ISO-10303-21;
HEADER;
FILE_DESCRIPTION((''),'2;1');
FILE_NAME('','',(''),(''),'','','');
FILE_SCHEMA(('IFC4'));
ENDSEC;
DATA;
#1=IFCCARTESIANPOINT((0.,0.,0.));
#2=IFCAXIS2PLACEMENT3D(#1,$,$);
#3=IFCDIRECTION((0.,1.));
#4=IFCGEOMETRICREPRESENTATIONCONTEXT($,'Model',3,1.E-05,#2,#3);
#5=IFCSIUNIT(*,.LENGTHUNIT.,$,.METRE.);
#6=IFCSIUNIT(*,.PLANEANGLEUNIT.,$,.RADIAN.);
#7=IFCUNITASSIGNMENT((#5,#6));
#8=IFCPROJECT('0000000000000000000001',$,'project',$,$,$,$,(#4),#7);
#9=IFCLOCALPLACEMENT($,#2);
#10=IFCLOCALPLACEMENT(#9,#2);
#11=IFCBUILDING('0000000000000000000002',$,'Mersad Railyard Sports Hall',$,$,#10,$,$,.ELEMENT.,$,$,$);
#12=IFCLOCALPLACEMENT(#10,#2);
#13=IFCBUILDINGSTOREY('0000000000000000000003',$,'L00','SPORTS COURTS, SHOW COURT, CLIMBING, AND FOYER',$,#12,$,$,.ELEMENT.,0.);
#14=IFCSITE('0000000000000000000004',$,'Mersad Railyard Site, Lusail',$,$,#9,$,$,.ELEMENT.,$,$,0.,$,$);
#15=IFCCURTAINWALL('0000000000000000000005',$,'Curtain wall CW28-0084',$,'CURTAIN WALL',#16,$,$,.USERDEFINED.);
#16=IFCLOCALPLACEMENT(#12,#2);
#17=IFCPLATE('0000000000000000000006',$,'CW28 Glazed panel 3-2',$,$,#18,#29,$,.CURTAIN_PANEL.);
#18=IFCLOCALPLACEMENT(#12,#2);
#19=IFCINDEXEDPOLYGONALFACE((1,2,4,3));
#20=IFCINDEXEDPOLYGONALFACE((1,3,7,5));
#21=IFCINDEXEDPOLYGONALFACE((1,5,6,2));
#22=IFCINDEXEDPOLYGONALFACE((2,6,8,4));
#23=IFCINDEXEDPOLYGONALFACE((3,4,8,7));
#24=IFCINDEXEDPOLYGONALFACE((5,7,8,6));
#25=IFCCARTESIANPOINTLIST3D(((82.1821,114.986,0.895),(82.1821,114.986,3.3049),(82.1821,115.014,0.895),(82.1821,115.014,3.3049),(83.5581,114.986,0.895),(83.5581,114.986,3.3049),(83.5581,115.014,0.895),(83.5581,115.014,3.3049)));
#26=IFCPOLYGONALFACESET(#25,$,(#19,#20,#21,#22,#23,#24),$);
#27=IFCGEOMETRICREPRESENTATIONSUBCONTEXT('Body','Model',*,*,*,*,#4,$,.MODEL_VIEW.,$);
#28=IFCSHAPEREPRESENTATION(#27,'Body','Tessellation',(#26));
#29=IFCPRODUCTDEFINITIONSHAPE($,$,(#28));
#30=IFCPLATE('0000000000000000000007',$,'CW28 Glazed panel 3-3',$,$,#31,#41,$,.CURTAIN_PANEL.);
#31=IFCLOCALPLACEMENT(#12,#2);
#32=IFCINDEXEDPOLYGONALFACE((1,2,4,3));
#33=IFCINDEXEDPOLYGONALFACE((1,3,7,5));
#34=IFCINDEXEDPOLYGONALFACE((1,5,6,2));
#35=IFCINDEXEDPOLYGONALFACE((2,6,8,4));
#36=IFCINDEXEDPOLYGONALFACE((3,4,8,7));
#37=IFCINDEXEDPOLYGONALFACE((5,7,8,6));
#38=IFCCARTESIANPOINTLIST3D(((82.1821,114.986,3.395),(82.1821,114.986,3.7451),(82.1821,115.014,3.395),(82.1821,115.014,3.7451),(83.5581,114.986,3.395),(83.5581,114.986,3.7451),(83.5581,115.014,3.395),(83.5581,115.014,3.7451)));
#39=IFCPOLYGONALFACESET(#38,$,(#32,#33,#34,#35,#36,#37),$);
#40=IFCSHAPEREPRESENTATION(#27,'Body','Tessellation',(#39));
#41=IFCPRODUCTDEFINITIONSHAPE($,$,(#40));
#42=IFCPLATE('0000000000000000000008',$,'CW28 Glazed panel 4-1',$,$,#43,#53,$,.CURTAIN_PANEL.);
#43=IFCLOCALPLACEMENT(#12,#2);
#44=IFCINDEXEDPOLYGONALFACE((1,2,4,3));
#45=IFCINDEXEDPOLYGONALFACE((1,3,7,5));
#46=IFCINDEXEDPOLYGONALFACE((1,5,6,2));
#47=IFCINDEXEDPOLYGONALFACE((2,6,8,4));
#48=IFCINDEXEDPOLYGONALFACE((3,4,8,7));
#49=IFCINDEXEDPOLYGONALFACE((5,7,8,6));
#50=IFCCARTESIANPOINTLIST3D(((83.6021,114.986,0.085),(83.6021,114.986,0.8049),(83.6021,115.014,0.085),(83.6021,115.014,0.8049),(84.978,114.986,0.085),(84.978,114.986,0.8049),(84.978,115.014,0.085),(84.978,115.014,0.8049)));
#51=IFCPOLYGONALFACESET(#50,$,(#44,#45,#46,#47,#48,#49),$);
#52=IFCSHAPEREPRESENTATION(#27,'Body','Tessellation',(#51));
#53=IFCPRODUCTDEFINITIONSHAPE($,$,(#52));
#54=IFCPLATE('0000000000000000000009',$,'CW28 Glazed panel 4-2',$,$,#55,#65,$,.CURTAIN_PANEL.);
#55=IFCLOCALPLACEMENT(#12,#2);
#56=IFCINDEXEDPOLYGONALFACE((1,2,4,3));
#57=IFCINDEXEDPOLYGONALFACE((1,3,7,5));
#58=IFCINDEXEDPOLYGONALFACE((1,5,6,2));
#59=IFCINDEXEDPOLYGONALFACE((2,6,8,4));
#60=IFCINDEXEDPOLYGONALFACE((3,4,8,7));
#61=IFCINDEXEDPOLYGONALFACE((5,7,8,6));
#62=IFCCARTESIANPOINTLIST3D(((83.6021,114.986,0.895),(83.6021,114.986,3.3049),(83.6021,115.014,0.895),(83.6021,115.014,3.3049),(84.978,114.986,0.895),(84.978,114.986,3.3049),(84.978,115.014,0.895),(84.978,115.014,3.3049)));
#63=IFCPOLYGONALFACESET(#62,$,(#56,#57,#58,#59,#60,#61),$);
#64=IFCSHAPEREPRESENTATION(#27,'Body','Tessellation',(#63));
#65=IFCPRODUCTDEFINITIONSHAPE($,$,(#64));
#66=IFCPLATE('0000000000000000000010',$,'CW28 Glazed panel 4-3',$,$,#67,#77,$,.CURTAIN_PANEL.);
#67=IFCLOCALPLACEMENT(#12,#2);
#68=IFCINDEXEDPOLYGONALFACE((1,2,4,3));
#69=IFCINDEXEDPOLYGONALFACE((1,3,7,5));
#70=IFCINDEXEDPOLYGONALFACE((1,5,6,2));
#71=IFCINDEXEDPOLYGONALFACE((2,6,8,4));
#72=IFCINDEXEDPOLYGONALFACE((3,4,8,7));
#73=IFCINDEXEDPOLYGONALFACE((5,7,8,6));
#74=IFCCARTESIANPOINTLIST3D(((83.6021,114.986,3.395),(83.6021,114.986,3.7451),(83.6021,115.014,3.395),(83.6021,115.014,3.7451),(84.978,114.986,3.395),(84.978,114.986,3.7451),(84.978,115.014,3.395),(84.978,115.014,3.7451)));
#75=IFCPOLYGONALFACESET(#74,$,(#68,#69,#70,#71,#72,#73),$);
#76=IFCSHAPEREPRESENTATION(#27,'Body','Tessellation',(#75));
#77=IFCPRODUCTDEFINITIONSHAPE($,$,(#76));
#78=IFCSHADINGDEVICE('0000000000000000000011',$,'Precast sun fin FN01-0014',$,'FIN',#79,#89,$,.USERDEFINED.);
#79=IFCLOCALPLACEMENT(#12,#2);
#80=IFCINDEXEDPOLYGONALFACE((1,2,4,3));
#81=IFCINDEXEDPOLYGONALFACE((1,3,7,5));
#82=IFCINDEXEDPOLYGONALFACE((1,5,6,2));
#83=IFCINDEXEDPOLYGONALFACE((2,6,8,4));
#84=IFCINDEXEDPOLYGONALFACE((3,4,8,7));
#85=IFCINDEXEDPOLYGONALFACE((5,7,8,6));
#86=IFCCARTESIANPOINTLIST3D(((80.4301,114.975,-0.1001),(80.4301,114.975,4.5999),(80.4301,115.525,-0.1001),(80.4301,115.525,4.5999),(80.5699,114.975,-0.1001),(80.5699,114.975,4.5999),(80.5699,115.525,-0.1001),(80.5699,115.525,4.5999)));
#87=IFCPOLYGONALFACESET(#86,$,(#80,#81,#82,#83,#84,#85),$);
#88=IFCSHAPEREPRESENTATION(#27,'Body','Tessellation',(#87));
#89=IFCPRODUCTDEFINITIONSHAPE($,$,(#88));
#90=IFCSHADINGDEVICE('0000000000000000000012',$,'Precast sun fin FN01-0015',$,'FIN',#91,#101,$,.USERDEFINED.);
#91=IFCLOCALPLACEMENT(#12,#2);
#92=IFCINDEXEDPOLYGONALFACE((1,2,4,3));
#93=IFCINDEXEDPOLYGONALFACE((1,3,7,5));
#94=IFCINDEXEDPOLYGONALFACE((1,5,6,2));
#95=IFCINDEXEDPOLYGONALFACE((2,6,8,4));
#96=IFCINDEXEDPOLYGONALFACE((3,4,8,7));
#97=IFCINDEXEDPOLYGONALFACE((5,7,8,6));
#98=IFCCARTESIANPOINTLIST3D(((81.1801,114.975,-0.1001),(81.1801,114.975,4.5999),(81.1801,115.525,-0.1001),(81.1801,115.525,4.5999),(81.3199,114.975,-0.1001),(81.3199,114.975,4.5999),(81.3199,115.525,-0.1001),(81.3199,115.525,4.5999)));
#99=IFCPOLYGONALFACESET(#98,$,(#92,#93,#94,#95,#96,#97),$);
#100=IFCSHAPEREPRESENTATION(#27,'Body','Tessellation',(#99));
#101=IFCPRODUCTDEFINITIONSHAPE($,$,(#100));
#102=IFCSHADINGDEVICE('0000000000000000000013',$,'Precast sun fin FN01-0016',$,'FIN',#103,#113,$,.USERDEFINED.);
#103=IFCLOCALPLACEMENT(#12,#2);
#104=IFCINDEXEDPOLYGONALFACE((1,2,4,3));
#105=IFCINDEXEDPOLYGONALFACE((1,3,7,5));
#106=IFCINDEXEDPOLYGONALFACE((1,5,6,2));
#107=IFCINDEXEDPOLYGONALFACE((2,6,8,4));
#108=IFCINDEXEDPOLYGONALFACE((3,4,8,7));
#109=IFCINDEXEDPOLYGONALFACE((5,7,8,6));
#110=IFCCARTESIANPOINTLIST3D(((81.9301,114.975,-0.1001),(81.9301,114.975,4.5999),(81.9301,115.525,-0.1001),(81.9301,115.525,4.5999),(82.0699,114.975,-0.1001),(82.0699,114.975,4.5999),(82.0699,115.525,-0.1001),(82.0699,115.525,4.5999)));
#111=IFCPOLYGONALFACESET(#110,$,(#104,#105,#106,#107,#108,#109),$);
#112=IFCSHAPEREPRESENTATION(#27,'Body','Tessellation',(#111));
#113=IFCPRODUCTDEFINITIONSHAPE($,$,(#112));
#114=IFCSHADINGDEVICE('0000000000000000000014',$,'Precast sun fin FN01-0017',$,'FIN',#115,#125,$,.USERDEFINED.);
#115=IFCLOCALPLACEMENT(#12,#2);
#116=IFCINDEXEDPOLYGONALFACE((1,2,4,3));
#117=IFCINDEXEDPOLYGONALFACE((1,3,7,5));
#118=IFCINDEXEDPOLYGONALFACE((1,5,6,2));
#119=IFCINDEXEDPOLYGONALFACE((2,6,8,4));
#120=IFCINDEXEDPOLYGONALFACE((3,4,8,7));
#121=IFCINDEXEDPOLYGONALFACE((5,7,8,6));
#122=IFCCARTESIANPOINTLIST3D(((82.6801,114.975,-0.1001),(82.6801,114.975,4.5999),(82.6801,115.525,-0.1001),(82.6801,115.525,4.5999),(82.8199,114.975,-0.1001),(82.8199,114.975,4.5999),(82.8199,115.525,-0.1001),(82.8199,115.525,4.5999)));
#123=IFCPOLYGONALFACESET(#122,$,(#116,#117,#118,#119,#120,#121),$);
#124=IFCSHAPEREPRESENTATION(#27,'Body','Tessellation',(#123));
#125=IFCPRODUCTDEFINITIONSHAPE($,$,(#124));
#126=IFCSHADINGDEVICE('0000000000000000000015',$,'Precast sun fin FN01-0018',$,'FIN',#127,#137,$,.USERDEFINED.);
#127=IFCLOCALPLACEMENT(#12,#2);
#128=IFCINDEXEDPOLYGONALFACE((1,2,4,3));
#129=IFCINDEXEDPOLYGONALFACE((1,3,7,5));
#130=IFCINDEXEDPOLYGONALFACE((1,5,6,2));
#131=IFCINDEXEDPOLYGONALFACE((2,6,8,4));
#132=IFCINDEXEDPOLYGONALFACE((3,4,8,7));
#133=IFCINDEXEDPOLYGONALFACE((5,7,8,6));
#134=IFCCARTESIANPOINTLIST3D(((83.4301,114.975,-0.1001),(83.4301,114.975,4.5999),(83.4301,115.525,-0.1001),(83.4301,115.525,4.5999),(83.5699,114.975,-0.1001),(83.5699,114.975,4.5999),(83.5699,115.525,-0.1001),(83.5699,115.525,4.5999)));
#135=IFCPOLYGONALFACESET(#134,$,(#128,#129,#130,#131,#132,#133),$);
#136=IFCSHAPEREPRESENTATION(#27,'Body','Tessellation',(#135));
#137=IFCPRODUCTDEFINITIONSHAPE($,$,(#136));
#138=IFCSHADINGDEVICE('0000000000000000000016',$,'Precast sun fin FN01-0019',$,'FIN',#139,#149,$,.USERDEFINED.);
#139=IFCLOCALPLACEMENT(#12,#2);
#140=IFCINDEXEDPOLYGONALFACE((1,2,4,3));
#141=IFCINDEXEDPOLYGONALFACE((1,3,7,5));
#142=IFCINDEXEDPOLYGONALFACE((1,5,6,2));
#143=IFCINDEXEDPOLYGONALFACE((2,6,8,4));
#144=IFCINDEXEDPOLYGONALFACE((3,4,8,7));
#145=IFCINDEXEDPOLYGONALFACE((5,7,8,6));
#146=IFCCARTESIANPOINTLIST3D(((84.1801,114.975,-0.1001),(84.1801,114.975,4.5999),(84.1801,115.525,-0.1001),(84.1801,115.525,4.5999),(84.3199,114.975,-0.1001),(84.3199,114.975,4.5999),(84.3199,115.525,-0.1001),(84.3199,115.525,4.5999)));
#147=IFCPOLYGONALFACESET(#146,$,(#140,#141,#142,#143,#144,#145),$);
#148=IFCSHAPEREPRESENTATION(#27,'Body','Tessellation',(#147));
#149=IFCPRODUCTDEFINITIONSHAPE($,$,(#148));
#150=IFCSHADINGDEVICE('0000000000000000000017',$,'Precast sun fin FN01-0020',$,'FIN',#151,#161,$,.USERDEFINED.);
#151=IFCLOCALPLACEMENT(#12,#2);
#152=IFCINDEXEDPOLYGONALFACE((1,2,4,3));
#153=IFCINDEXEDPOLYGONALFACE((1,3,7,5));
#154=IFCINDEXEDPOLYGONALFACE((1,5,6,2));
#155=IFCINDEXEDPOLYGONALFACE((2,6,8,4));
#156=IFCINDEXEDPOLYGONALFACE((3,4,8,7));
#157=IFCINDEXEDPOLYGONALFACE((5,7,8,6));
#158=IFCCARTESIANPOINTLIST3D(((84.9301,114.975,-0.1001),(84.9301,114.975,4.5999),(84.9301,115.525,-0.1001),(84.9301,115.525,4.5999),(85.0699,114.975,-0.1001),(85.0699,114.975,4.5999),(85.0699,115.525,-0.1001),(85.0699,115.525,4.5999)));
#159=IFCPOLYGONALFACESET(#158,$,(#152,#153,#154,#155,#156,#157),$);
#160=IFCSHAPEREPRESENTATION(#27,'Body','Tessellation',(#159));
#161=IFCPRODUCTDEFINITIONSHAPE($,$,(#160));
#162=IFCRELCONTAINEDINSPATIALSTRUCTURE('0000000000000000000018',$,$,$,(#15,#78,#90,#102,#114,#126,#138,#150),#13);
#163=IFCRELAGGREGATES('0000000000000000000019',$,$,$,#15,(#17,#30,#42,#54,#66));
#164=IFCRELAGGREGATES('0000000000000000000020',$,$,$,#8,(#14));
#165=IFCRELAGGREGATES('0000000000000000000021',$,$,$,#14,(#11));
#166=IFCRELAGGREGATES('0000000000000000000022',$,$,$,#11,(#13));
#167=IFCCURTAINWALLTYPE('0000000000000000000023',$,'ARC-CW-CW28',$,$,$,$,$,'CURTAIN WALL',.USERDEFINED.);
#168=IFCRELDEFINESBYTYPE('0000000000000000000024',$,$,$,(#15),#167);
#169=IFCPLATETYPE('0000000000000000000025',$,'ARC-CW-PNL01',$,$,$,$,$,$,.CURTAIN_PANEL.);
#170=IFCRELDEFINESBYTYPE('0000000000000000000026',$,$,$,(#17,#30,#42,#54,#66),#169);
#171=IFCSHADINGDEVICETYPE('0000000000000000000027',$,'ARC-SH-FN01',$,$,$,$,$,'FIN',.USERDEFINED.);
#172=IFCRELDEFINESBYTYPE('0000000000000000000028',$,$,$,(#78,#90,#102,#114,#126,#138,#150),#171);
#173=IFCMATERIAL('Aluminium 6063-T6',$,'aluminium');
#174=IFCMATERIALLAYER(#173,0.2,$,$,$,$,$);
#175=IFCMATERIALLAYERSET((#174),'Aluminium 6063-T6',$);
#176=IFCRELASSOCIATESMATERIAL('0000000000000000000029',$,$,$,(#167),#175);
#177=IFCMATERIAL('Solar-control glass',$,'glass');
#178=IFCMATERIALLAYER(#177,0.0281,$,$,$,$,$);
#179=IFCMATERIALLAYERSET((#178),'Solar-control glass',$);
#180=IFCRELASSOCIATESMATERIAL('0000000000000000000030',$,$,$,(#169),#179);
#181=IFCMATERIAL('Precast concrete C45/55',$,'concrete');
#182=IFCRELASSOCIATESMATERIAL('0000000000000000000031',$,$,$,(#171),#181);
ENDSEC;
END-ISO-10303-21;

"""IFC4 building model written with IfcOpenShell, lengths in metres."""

from ifc_helpers import new_model, si_unit, direction, frame, origin, origin_2d, place, context, subcontext, project, spatial, rectangle, extrude, material, layer, layer_set, type_object, element, aggregate, save


model = new_model("IFC4")

# Units and contexts
model_context = context("Model", 3, precision=1e-05, world=origin(), true_north=direction((0.0, 1.0)))
body_context = subcontext(model_context, "Body", "Model", "MODEL_VIEW")
ifc_project = project(units=[si_unit("LENGTHUNIT", "METRE"), si_unit("PLANEANGLEUNIT", "RADIAN")], contexts=[model_context])

# Site, building, storey
site_placement = place(None, origin())
site = spatial("IfcSite", under=ifc_project, at=site_placement, Name="Mersad Railyard Site, Lusail", CompositionType="ELEMENT", RefElevation=0.0)
building_placement = place(site_placement, origin())
building = spatial("IfcBuilding", under=site, at=building_placement, Name="Mersad Railyard Sports Hall", CompositionType="ELEMENT")
storey_placement = place(building_placement, origin())
storey = spatial("IfcBuildingStorey", under=building, at=storey_placement, Name="L00", Description="SPORTS COURTS, SHOW COURT, CLIMBING, AND FOYER", CompositionType="ELEMENT", Elevation=0.0)

# Curtain wall, plates
ifc_material_1 = material(Name="Aluminium 6063-T6", Category="aluminium")
ifc_layer_1 = layer(ifc_material_1, 0.2)
ifc_layer_set_1 = layer_set([ifc_layer_1], Name="Aluminium 6063-T6")
curtain_wall_type = type_object("IfcCurtainWallType", Name="ARC-CW-CW28", ElementType="CURTAIN WALL", PredefinedType="USERDEFINED", material=ifc_layer_set_1)
curtain_wall_placement = place(storey_placement, origin())
curtain_wall = element("IfcCurtainWall", 1, at=curtain_wall_placement, inside=storey, type_object=curtain_wall_type, Name="Curtain wall CW28-0084", ObjectType="CURTAIN WALL", PredefinedType="USERDEFINED")
ifc_material_2 = material(Name="Solar-control glass", Category="glass")
ifc_layer_2 = layer(ifc_material_2, 0.0281)
ifc_layer_set_2 = layer_set([ifc_layer_2], Name="Solar-control glass")
plate_type = type_object("IfcPlateType", Name="ARC-CW-PNL01", PredefinedType="CURTAIN_PANEL", material=ifc_layer_set_2)
plate_1_placement = place(storey_placement, frame((82.8701, 115.0, 0.895), z_axis=(0.0, 0.0, 1.0), x_axis=(1.0, 0.0, 0.0)))
plate_1 = element("IfcPlate", 2, at=plate_1_placement, type_object=plate_type, Name="CW28 Glazed panel 3-2", PredefinedType="CURTAIN_PANEL", context=body_context, shape_type="SweptSolid", body=[
    extrude(rectangle(XDim=1.376, YDim=0.0281, at=origin_2d()), origin(), (0.0, 0.0, 1.0), 2.4099),
])
plate_2_placement = place(storey_placement, frame((82.8701, 115.0, 3.395), z_axis=(0.0, 0.0, 1.0), x_axis=(1.0, 0.0, 0.0)))
plate_2 = element("IfcPlate", 3, at=plate_2_placement, type_object=plate_type, Name="CW28 Glazed panel 3-3", PredefinedType="CURTAIN_PANEL", context=body_context, shape_type="SweptSolid", body=[
    extrude(rectangle(XDim=1.376, YDim=0.0281, at=origin_2d()), origin(), (0.0, 0.0, 1.0), 0.3501),
])
plate_3_placement = place(storey_placement, frame((84.29, 115.0, 0.085), z_axis=(0.0, 0.0, 1.0), x_axis=(1.0, 0.0, 0.0)))
plate_3 = element("IfcPlate", 4, at=plate_3_placement, type_object=plate_type, Name="CW28 Glazed panel 4-1", PredefinedType="CURTAIN_PANEL", context=body_context, shape_type="SweptSolid", body=[
    extrude(rectangle(XDim=1.376, YDim=0.0281, at=origin_2d()), origin(), (0.0, 0.0, 1.0), 0.72),
])
plate_4_placement = place(storey_placement, frame((84.29, 115.0, 0.895), z_axis=(0.0, 0.0, 1.0), x_axis=(1.0, 0.0, 0.0)))
plate_4 = element("IfcPlate", 5, at=plate_4_placement, type_object=plate_type, Name="CW28 Glazed panel 4-2", PredefinedType="CURTAIN_PANEL", context=body_context, shape_type="SweptSolid", body=[
    extrude(rectangle(XDim=1.376, YDim=0.0281, at=origin_2d()), origin(), (0.0, 0.0, 1.0), 2.4099),
])
plate_5_placement = place(storey_placement, frame((84.29, 115.0, 3.395), z_axis=(0.0, 0.0, 1.0), x_axis=(1.0, 0.0, 0.0)))
plate_5 = element("IfcPlate", 6, at=plate_5_placement, type_object=plate_type, Name="CW28 Glazed panel 4-3", PredefinedType="CURTAIN_PANEL", context=body_context, shape_type="SweptSolid", body=[
    extrude(rectangle(XDim=1.376, YDim=0.0281, at=origin_2d()), origin(), (0.0, 0.0, 1.0), 0.3501),
])
aggregate(curtain_wall, [plate_1, plate_2, plate_3, plate_4, plate_5])

# Shading devices
ifc_material_3 = material(Name="Precast concrete C45/55", Category="concrete")
shading_device_type = type_object("IfcShadingDeviceType", Name="ARC-SH-FN01", ElementType="FIN", PredefinedType="USERDEFINED", material=ifc_material_3)
for number, where, z_axis, x_axis, name in (
    (7, (80.5, 115.25, -0.1001), (0.0, 0.0, 1.0), (1.0, 0.0, 0.0), "Precast sun fin FN01-0014"),
    (8, (81.25, 115.25, -0.1001), (0.0, 0.0, 1.0), (1.0, 0.0, 0.0), "Precast sun fin FN01-0015"),
    (9, (82.0, 115.25, -0.1001), (0.0, 0.0, 1.0), (1.0, 0.0, 0.0), "Precast sun fin FN01-0016"),
    (10, (82.75, 115.25, -0.1001), (0.0, 0.0, 1.0), (1.0, 0.0, 0.0), "Precast sun fin FN01-0017"),
    (11, (83.5, 115.25, -0.1001), (0.0, 0.0, 1.0), (1.0, 0.0, 0.0), "Precast sun fin FN01-0018"),
    (12, (84.25, 115.25, -0.1001), (0.0, 0.0, 1.0), (1.0, 0.0, 0.0), "Precast sun fin FN01-0019"),
    (13, (85.0, 115.25, -0.1001), (0.0, 0.0, 1.0), (1.0, 0.0, 0.0), "Precast sun fin FN01-0020"),
):
    element("IfcShadingDevice", number, at=place(storey_placement, frame(where, z_axis=z_axis, x_axis=x_axis)), inside=storey, type_object=shading_device_type, Name=name, ObjectType="FIN", PredefinedType="USERDEFINED", context=body_context, shape_type="SweptSolid", body=[
        extrude(rectangle(XDim=0.1399, YDim=0.55, at=origin_2d()), origin(), (0.0, 0.0, 1.0), 4.7),
    ])

save(model, "model.ifc")
